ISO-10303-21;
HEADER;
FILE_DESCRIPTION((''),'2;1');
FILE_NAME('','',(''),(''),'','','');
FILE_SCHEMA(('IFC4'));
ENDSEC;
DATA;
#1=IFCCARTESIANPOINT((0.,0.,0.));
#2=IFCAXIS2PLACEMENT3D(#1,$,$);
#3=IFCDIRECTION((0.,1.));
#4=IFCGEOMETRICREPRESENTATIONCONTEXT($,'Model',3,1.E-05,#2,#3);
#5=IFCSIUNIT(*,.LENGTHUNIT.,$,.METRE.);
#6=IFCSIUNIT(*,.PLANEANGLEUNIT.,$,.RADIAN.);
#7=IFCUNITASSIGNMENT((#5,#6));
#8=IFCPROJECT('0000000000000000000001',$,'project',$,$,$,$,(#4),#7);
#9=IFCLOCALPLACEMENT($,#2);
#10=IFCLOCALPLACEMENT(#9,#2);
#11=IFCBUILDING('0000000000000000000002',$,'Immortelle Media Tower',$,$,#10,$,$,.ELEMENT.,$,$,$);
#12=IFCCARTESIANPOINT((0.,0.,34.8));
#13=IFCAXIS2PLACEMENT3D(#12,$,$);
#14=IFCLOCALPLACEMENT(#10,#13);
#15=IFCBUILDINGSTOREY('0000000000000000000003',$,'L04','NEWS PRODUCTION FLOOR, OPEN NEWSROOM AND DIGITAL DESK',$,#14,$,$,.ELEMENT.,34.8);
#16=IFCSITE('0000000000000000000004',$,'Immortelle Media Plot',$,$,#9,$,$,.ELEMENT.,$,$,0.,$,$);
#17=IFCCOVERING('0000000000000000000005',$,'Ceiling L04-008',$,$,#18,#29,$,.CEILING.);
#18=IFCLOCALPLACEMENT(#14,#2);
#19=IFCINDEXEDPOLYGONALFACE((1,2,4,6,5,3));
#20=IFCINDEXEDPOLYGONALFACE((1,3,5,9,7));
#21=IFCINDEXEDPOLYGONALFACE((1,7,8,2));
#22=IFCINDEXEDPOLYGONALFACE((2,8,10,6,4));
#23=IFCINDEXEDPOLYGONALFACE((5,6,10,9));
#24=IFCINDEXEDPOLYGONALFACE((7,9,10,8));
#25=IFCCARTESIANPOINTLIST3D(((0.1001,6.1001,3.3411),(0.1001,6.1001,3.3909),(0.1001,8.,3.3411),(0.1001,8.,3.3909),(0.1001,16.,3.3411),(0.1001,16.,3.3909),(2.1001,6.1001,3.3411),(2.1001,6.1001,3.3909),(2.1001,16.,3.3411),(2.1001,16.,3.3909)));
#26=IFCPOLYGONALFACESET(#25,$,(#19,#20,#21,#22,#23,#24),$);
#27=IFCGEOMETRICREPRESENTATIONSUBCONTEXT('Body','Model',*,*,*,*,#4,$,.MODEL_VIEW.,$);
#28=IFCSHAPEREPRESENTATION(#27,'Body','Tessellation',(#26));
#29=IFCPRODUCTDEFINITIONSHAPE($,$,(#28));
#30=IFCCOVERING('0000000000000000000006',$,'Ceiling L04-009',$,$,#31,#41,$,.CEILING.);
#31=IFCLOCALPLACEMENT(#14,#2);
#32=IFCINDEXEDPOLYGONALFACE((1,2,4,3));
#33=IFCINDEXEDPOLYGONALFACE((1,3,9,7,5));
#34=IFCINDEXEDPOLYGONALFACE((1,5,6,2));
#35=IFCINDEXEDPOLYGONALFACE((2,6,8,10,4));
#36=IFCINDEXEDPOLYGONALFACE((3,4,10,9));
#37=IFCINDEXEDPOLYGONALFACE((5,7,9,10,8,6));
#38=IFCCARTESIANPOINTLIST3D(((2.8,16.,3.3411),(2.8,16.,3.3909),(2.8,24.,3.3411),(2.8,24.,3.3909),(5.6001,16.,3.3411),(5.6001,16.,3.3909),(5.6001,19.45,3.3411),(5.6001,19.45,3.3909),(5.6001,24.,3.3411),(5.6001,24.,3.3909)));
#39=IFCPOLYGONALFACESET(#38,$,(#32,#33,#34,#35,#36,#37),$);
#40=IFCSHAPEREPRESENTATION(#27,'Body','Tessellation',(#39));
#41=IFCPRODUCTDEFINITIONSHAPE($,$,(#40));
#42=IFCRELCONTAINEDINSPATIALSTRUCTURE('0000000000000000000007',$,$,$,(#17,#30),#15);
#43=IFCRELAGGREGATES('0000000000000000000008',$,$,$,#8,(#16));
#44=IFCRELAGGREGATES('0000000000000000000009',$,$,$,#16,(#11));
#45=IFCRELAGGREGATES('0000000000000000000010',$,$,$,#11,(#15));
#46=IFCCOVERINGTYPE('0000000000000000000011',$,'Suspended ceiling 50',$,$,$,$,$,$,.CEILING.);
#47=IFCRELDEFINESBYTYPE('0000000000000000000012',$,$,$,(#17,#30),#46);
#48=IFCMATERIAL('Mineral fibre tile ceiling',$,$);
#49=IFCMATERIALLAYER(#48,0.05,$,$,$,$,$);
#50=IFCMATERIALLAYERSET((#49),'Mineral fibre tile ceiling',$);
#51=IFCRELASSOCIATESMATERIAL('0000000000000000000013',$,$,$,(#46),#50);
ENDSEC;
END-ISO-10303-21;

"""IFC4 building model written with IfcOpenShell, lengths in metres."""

from ifc_helpers import new_model, si_unit, direction, frame, origin, place, context, subcontext, project, spatial, polyline, outline, extrude, material, layer, layer_set, type_object, element, save


model = new_model("IFC4")

# Units and contexts
model_context = context("Model", 3, precision=1e-05, world=origin(), true_north=direction((0.0, 1.0)))
body_context = subcontext(model_context, "Body", "Model", "MODEL_VIEW")
ifc_project = project(units=[si_unit("LENGTHUNIT", "METRE"), si_unit("PLANEANGLEUNIT", "RADIAN")], contexts=[model_context])

# Site, building, storey
site_placement = place(None, origin())
site = spatial("IfcSite", under=ifc_project, at=site_placement, Name="Immortelle Media Plot", CompositionType="ELEMENT", RefElevation=0.0)
building_placement = place(site_placement, origin())
building = spatial("IfcBuilding", under=site, at=building_placement, Name="Immortelle Media Tower", CompositionType="ELEMENT")
storey_placement = place(building_placement, frame((0.0, 0.0, 34.8)))
storey = spatial("IfcBuildingStorey", under=building, at=storey_placement, Name="L04", Description="NEWS PRODUCTION FLOOR, OPEN NEWSROOM AND DIGITAL DESK", CompositionType="ELEMENT", Elevation=34.8)

# Coverings
ifc_material_1 = material(Name="Mineral fibre tile ceiling")
ifc_layer_1 = layer(ifc_material_1, 0.05)
ifc_layer_set_1 = layer_set([ifc_layer_1], Name="Mineral fibre tile ceiling")
covering_type = type_object("IfcCoveringType", Name="Suspended ceiling 50", PredefinedType="CEILING", material=ifc_layer_set_1)
covering_1_placement = place(storey_placement, frame((0.0, 0.0, 3.3411)))
element("IfcCovering", 1, at=covering_1_placement, inside=storey, type_object=covering_type, Name="Ceiling L04-008", PredefinedType="CEILING", context=body_context, shape_type="SweptSolid", body=[
    extrude(outline(polyline([(0.1001, 6.1001), (0.1001, 8.0), (0.1001, 16.0), (2.1001, 16.0), (2.1001, 6.1001), (0.1001, 6.1001)])), origin(), (0.0, 0.0, 1.0), 0.0498),
])
covering_2_placement = place(storey_placement, frame((0.0, 0.0, 3.3411)))
element("IfcCovering", 2, at=covering_2_placement, inside=storey, type_object=covering_type, Name="Ceiling L04-009", PredefinedType="CEILING", context=body_context, shape_type="SweptSolid", body=[
    extrude(outline(polyline([(5.6001, 19.45), (5.6001, 16.0), (2.8, 16.0), (2.8, 24.0), (5.6001, 24.0), (5.6001, 19.45)])), origin(), (0.0, 0.0, 1.0), 0.0498),
])

save(model, "model.ifc")
